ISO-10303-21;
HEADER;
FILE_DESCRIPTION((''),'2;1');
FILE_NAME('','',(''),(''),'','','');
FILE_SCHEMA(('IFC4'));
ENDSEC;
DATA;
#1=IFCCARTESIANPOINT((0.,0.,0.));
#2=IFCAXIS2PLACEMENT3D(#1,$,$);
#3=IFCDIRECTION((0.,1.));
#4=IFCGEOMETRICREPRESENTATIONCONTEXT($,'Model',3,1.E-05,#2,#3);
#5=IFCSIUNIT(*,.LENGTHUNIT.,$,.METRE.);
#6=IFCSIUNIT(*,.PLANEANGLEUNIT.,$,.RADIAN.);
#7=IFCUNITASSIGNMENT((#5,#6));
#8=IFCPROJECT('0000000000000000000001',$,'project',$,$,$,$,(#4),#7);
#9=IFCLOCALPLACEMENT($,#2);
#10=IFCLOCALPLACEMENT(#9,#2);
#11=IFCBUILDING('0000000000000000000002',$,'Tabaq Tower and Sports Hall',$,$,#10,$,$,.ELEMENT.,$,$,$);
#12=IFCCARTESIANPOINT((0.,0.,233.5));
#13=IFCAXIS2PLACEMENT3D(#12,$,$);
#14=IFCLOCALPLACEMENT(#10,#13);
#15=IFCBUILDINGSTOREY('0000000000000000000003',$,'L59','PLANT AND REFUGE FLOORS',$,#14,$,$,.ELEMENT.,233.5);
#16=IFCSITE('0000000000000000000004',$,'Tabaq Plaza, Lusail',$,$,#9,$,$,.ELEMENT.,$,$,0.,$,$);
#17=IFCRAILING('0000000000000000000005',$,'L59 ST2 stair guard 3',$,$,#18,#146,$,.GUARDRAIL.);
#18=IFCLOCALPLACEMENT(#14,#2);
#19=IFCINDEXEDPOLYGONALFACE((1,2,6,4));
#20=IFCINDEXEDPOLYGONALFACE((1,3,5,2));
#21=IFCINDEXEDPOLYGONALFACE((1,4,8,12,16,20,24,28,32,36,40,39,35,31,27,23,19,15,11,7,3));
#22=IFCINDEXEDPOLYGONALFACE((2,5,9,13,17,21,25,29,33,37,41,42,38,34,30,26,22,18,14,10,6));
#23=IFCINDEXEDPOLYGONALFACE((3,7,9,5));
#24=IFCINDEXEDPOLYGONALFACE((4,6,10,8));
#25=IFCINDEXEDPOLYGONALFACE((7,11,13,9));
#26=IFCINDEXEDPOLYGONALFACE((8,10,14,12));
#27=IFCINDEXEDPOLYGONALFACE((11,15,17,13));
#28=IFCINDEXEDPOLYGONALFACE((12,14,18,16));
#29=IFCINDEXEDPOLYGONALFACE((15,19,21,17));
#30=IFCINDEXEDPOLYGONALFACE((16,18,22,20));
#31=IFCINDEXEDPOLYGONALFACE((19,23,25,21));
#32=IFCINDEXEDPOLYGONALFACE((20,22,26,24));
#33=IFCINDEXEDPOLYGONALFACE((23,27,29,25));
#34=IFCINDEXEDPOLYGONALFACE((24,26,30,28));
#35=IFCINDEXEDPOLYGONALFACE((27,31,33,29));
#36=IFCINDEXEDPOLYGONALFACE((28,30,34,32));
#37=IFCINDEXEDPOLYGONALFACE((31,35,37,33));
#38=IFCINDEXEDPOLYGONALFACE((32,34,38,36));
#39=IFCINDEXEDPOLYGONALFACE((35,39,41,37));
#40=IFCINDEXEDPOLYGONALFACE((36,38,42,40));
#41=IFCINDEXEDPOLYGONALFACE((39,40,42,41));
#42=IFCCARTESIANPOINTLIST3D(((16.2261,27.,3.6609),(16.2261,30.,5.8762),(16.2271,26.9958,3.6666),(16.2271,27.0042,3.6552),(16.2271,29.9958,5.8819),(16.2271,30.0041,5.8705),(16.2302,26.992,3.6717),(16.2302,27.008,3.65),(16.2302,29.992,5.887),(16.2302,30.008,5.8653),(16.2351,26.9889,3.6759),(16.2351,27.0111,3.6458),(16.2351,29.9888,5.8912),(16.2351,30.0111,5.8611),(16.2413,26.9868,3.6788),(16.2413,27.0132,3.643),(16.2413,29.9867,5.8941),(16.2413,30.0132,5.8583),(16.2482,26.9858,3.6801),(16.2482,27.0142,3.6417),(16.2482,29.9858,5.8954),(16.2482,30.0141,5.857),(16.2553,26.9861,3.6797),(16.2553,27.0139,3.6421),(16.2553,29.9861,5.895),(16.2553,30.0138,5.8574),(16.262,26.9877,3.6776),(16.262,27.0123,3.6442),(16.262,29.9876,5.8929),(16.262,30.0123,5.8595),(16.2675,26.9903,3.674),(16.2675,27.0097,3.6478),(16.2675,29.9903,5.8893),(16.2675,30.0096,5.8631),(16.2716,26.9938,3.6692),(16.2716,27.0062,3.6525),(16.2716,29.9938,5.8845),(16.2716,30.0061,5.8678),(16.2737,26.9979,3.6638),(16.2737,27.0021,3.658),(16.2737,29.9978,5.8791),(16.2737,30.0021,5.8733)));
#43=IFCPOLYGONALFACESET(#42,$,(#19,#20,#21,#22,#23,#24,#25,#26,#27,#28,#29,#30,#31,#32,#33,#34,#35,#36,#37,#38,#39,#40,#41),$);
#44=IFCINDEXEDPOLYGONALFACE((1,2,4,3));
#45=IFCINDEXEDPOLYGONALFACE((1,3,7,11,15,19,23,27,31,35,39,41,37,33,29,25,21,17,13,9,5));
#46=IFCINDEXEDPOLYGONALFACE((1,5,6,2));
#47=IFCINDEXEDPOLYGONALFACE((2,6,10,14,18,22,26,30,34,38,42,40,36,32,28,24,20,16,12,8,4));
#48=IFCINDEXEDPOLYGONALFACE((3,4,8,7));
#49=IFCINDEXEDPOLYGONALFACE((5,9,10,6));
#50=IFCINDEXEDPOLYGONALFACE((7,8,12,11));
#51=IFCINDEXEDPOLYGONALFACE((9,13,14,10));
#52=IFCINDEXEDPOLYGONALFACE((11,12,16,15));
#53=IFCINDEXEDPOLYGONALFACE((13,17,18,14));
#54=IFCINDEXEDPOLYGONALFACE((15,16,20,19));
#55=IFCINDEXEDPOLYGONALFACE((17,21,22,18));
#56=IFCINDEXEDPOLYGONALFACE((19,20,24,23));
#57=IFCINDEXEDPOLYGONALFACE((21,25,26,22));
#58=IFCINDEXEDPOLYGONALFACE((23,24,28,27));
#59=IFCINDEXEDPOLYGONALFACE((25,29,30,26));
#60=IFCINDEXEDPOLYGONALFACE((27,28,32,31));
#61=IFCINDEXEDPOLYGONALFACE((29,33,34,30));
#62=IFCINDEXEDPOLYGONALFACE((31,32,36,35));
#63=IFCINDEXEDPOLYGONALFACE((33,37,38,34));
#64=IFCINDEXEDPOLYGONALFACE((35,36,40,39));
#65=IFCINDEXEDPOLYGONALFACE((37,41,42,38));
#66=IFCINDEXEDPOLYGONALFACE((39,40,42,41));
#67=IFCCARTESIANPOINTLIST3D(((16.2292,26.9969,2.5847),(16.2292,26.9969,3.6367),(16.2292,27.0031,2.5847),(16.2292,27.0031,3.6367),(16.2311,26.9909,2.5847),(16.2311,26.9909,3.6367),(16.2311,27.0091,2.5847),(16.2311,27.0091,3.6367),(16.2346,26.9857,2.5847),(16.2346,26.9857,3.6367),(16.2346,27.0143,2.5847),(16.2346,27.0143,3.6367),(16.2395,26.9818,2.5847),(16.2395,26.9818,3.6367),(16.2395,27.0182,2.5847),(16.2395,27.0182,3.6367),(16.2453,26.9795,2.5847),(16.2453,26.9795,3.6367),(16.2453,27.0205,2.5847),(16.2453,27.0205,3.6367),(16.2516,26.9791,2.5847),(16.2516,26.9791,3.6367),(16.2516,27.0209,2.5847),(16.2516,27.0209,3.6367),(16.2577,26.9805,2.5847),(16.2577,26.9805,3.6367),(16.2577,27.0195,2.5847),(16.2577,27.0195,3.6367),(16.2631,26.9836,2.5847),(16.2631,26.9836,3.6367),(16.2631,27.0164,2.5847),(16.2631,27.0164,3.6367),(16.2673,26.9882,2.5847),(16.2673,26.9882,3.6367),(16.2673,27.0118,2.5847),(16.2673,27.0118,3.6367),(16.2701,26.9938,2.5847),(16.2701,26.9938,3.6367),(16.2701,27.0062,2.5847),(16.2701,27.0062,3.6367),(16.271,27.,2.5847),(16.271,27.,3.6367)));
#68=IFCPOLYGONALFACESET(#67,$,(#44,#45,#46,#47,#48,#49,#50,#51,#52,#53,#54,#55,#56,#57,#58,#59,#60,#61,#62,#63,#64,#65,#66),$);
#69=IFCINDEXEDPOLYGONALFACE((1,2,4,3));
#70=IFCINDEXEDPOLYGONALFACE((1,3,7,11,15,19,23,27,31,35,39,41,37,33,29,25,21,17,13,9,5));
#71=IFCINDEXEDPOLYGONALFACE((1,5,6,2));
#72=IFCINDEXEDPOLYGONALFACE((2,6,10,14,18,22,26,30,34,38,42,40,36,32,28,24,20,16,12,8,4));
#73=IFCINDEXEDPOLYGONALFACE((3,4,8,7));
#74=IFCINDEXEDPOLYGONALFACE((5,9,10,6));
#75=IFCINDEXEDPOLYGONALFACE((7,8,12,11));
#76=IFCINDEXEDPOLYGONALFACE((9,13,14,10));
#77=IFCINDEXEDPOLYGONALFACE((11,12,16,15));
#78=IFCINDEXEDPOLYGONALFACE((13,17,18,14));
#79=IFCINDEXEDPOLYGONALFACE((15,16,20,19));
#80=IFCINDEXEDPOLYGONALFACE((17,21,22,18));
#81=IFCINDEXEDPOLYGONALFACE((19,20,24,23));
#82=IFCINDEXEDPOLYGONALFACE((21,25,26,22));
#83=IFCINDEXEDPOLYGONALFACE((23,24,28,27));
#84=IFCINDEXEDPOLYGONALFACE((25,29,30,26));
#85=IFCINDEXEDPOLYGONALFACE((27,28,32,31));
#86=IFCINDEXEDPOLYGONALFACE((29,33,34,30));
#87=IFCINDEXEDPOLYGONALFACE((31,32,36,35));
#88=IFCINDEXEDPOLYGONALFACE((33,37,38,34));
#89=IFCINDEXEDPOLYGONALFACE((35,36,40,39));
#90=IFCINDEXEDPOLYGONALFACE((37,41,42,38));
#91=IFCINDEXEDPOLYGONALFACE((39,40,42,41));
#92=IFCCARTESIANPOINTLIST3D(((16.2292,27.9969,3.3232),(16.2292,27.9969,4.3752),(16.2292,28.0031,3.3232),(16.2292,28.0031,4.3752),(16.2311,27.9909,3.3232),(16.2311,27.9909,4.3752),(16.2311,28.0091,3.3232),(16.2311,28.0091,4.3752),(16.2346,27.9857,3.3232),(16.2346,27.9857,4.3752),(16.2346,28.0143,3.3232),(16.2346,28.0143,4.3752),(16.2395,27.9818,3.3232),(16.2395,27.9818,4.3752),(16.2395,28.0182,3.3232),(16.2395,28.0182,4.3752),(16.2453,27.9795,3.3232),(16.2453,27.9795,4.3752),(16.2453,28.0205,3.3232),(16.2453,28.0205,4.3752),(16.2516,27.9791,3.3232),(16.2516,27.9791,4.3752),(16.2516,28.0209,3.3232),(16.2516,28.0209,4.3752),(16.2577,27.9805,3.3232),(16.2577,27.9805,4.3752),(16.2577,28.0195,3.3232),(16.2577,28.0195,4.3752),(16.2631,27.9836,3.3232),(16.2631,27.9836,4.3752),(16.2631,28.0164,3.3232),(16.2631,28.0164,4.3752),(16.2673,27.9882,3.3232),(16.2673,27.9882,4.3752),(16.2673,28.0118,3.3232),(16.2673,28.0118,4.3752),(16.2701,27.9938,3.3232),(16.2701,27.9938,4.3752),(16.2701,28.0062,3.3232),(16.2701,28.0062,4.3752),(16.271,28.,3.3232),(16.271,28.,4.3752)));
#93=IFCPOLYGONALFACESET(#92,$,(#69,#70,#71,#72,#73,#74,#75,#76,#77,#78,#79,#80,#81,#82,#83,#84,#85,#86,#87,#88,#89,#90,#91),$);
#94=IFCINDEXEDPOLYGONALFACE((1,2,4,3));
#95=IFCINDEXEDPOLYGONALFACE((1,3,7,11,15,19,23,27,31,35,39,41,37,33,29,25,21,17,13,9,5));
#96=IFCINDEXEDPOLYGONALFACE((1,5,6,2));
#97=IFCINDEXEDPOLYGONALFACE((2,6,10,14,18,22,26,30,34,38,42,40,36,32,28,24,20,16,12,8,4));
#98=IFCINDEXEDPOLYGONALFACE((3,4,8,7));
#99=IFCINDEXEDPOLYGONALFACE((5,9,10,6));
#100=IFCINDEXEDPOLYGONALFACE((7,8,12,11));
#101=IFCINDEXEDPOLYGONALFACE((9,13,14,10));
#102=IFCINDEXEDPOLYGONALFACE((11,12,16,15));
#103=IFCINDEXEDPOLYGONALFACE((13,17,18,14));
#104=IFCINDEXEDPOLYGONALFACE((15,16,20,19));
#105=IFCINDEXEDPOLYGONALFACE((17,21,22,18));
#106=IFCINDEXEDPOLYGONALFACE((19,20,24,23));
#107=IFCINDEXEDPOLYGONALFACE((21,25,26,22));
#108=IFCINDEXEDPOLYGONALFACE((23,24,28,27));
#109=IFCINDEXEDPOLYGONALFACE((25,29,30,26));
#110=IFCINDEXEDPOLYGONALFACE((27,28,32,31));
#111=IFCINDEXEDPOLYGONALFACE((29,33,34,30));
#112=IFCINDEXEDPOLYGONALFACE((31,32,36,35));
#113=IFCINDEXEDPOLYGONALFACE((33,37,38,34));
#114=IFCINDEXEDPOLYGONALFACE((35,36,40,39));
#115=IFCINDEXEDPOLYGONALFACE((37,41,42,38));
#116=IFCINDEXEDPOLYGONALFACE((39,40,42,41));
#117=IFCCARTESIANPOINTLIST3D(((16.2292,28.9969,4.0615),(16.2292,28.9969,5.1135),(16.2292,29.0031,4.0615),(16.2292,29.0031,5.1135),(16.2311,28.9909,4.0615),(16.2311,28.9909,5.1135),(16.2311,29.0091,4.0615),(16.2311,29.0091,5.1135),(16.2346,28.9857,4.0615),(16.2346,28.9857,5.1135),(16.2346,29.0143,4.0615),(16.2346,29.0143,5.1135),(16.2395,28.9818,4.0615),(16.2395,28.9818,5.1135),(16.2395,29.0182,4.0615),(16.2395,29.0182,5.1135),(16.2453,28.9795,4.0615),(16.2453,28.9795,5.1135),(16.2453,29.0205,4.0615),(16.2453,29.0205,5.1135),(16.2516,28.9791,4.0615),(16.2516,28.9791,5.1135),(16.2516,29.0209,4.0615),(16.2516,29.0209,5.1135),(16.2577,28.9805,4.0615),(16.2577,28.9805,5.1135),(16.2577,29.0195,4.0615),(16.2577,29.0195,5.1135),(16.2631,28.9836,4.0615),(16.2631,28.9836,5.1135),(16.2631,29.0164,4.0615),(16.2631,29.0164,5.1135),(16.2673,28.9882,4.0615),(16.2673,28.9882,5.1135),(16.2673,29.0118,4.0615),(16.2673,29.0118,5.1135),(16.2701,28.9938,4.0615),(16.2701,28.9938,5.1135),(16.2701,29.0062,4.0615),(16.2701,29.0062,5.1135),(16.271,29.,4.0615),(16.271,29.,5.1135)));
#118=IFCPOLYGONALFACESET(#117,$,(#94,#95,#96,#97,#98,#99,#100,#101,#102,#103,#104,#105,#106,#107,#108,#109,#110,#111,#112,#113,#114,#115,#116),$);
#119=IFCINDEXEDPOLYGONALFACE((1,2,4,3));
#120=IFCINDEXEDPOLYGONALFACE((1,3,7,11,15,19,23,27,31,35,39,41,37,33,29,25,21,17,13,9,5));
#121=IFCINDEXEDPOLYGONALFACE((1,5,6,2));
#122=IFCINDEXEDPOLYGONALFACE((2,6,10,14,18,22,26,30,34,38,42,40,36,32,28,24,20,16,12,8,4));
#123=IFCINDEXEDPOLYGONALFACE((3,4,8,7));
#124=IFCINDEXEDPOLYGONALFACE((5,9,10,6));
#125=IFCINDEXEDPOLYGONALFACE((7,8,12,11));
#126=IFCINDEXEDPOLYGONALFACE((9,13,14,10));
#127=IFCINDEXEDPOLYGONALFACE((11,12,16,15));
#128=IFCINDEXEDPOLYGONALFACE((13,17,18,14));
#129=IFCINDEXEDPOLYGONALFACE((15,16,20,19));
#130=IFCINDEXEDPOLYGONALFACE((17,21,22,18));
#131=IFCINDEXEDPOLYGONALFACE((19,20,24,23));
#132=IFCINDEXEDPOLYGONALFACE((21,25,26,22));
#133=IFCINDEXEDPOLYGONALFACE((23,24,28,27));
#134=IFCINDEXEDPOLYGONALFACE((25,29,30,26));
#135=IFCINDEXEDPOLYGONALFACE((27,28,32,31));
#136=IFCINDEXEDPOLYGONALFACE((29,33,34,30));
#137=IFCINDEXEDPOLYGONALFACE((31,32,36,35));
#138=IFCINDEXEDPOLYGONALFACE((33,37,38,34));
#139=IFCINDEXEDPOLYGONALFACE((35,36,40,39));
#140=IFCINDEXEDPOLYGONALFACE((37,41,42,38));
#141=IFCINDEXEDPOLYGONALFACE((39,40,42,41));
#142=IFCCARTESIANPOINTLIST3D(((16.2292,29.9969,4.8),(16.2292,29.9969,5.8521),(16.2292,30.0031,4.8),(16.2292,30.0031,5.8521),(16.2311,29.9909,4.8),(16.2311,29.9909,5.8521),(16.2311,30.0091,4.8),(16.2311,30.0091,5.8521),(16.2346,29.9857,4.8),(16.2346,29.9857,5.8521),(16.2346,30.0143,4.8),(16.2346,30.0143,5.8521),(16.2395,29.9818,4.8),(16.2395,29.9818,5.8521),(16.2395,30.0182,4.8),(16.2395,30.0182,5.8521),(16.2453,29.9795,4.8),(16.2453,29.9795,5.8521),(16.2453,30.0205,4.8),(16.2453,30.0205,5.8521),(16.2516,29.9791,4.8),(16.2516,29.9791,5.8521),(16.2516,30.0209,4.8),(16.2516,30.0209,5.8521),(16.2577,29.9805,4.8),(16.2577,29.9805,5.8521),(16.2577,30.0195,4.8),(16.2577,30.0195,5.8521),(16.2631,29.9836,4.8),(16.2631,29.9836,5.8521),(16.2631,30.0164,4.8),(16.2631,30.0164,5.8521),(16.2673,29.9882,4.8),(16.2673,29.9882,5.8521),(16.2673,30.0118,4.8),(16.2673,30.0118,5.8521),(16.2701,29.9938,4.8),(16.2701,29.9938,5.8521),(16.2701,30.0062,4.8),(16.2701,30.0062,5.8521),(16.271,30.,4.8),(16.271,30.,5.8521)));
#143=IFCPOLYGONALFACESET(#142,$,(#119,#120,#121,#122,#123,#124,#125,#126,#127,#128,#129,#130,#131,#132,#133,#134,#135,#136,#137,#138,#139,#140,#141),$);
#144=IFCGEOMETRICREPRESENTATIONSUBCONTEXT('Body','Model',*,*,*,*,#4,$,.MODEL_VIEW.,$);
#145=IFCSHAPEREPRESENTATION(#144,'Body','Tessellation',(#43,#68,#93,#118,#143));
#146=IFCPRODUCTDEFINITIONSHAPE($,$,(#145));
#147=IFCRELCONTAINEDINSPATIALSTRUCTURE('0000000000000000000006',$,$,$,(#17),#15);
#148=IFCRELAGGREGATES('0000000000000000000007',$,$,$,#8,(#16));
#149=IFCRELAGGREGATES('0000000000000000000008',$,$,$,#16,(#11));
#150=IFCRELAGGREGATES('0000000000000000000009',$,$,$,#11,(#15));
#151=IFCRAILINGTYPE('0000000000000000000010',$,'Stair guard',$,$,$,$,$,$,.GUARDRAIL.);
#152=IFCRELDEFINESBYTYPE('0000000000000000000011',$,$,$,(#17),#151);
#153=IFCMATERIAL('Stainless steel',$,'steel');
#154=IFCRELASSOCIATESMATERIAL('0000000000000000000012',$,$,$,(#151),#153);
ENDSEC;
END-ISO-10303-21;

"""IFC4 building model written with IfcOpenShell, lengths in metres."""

from ifc_helpers import new_model, si_unit, direction, frame, origin, origin_2d, place, context, subcontext, project, spatial, circle, extrude, material, type_object, element, save


model = new_model("IFC4")

# Units and contexts
model_context = context("Model", 3, precision=1e-05, world=origin(), true_north=direction((0.0, 1.0)))
body_context = subcontext(model_context, "Body", "Model", "MODEL_VIEW")
ifc_project = project(units=[si_unit("LENGTHUNIT", "METRE"), si_unit("PLANEANGLEUNIT", "RADIAN")], contexts=[model_context])

# Site, building, storey
site_placement = place(None, origin())
site = spatial("IfcSite", under=ifc_project, at=site_placement, Name="Tabaq Plaza, Lusail", CompositionType="ELEMENT", RefElevation=0.0)
building_placement = place(site_placement, origin())
building = spatial("IfcBuilding", under=site, at=building_placement, Name="Tabaq Tower and Sports Hall", CompositionType="ELEMENT")
storey_placement = place(building_placement, frame((0.0, 0.0, 233.5)))
storey = spatial("IfcBuildingStorey", under=building, at=storey_placement, Name="L59", Description="PLANT AND REFUGE FLOORS", CompositionType="ELEMENT", Elevation=233.5)

# Railing
ifc_material_1 = material(Name="Stainless steel", Category="steel")
railing_type_1 = type_object("IfcRailingType", Name="Stair guard", PredefinedType="GUARDRAIL", material=ifc_material_1)
railing_1_placement = place(storey_placement, frame((16.25, 27.0, 2.5847)))
element("IfcRailing", 1, at=railing_1_placement, inside=storey, type_object=railing_type_1, Name="L59 ST2 stair guard 3", PredefinedType="GUARDRAIL", context=body_context, shape_type="SweptSolid", body=[
    extrude(circle(Radius=0.0239, at=origin_2d()), frame((0.0, 0.0, 1.0762), z_axis=(0.0, 0.80444, 0.594034), x_axis=(-1.0, 0.0, 0.0)), (0.0, 0.0, 1.0), 3.7292),
    extrude(circle(Radius=0.021, at=origin_2d()), origin(), (0.0, 0.0, 1.0), 1.052),
    extrude(circle(Radius=0.021, at=origin_2d()), frame((0.0, 1.0, 0.7385)), (0.0, 0.0, 1.0), 1.052),
    extrude(circle(Radius=0.021, at=origin_2d()), frame((0.0, 2.0, 1.4768)), (0.0, 0.0, 1.0), 1.052),
    extrude(circle(Radius=0.021, at=origin_2d()), frame((0.0, 3.0, 2.2153)), (0.0, 0.0, 1.0), 1.052),
])

save(model, "model.ifc")
